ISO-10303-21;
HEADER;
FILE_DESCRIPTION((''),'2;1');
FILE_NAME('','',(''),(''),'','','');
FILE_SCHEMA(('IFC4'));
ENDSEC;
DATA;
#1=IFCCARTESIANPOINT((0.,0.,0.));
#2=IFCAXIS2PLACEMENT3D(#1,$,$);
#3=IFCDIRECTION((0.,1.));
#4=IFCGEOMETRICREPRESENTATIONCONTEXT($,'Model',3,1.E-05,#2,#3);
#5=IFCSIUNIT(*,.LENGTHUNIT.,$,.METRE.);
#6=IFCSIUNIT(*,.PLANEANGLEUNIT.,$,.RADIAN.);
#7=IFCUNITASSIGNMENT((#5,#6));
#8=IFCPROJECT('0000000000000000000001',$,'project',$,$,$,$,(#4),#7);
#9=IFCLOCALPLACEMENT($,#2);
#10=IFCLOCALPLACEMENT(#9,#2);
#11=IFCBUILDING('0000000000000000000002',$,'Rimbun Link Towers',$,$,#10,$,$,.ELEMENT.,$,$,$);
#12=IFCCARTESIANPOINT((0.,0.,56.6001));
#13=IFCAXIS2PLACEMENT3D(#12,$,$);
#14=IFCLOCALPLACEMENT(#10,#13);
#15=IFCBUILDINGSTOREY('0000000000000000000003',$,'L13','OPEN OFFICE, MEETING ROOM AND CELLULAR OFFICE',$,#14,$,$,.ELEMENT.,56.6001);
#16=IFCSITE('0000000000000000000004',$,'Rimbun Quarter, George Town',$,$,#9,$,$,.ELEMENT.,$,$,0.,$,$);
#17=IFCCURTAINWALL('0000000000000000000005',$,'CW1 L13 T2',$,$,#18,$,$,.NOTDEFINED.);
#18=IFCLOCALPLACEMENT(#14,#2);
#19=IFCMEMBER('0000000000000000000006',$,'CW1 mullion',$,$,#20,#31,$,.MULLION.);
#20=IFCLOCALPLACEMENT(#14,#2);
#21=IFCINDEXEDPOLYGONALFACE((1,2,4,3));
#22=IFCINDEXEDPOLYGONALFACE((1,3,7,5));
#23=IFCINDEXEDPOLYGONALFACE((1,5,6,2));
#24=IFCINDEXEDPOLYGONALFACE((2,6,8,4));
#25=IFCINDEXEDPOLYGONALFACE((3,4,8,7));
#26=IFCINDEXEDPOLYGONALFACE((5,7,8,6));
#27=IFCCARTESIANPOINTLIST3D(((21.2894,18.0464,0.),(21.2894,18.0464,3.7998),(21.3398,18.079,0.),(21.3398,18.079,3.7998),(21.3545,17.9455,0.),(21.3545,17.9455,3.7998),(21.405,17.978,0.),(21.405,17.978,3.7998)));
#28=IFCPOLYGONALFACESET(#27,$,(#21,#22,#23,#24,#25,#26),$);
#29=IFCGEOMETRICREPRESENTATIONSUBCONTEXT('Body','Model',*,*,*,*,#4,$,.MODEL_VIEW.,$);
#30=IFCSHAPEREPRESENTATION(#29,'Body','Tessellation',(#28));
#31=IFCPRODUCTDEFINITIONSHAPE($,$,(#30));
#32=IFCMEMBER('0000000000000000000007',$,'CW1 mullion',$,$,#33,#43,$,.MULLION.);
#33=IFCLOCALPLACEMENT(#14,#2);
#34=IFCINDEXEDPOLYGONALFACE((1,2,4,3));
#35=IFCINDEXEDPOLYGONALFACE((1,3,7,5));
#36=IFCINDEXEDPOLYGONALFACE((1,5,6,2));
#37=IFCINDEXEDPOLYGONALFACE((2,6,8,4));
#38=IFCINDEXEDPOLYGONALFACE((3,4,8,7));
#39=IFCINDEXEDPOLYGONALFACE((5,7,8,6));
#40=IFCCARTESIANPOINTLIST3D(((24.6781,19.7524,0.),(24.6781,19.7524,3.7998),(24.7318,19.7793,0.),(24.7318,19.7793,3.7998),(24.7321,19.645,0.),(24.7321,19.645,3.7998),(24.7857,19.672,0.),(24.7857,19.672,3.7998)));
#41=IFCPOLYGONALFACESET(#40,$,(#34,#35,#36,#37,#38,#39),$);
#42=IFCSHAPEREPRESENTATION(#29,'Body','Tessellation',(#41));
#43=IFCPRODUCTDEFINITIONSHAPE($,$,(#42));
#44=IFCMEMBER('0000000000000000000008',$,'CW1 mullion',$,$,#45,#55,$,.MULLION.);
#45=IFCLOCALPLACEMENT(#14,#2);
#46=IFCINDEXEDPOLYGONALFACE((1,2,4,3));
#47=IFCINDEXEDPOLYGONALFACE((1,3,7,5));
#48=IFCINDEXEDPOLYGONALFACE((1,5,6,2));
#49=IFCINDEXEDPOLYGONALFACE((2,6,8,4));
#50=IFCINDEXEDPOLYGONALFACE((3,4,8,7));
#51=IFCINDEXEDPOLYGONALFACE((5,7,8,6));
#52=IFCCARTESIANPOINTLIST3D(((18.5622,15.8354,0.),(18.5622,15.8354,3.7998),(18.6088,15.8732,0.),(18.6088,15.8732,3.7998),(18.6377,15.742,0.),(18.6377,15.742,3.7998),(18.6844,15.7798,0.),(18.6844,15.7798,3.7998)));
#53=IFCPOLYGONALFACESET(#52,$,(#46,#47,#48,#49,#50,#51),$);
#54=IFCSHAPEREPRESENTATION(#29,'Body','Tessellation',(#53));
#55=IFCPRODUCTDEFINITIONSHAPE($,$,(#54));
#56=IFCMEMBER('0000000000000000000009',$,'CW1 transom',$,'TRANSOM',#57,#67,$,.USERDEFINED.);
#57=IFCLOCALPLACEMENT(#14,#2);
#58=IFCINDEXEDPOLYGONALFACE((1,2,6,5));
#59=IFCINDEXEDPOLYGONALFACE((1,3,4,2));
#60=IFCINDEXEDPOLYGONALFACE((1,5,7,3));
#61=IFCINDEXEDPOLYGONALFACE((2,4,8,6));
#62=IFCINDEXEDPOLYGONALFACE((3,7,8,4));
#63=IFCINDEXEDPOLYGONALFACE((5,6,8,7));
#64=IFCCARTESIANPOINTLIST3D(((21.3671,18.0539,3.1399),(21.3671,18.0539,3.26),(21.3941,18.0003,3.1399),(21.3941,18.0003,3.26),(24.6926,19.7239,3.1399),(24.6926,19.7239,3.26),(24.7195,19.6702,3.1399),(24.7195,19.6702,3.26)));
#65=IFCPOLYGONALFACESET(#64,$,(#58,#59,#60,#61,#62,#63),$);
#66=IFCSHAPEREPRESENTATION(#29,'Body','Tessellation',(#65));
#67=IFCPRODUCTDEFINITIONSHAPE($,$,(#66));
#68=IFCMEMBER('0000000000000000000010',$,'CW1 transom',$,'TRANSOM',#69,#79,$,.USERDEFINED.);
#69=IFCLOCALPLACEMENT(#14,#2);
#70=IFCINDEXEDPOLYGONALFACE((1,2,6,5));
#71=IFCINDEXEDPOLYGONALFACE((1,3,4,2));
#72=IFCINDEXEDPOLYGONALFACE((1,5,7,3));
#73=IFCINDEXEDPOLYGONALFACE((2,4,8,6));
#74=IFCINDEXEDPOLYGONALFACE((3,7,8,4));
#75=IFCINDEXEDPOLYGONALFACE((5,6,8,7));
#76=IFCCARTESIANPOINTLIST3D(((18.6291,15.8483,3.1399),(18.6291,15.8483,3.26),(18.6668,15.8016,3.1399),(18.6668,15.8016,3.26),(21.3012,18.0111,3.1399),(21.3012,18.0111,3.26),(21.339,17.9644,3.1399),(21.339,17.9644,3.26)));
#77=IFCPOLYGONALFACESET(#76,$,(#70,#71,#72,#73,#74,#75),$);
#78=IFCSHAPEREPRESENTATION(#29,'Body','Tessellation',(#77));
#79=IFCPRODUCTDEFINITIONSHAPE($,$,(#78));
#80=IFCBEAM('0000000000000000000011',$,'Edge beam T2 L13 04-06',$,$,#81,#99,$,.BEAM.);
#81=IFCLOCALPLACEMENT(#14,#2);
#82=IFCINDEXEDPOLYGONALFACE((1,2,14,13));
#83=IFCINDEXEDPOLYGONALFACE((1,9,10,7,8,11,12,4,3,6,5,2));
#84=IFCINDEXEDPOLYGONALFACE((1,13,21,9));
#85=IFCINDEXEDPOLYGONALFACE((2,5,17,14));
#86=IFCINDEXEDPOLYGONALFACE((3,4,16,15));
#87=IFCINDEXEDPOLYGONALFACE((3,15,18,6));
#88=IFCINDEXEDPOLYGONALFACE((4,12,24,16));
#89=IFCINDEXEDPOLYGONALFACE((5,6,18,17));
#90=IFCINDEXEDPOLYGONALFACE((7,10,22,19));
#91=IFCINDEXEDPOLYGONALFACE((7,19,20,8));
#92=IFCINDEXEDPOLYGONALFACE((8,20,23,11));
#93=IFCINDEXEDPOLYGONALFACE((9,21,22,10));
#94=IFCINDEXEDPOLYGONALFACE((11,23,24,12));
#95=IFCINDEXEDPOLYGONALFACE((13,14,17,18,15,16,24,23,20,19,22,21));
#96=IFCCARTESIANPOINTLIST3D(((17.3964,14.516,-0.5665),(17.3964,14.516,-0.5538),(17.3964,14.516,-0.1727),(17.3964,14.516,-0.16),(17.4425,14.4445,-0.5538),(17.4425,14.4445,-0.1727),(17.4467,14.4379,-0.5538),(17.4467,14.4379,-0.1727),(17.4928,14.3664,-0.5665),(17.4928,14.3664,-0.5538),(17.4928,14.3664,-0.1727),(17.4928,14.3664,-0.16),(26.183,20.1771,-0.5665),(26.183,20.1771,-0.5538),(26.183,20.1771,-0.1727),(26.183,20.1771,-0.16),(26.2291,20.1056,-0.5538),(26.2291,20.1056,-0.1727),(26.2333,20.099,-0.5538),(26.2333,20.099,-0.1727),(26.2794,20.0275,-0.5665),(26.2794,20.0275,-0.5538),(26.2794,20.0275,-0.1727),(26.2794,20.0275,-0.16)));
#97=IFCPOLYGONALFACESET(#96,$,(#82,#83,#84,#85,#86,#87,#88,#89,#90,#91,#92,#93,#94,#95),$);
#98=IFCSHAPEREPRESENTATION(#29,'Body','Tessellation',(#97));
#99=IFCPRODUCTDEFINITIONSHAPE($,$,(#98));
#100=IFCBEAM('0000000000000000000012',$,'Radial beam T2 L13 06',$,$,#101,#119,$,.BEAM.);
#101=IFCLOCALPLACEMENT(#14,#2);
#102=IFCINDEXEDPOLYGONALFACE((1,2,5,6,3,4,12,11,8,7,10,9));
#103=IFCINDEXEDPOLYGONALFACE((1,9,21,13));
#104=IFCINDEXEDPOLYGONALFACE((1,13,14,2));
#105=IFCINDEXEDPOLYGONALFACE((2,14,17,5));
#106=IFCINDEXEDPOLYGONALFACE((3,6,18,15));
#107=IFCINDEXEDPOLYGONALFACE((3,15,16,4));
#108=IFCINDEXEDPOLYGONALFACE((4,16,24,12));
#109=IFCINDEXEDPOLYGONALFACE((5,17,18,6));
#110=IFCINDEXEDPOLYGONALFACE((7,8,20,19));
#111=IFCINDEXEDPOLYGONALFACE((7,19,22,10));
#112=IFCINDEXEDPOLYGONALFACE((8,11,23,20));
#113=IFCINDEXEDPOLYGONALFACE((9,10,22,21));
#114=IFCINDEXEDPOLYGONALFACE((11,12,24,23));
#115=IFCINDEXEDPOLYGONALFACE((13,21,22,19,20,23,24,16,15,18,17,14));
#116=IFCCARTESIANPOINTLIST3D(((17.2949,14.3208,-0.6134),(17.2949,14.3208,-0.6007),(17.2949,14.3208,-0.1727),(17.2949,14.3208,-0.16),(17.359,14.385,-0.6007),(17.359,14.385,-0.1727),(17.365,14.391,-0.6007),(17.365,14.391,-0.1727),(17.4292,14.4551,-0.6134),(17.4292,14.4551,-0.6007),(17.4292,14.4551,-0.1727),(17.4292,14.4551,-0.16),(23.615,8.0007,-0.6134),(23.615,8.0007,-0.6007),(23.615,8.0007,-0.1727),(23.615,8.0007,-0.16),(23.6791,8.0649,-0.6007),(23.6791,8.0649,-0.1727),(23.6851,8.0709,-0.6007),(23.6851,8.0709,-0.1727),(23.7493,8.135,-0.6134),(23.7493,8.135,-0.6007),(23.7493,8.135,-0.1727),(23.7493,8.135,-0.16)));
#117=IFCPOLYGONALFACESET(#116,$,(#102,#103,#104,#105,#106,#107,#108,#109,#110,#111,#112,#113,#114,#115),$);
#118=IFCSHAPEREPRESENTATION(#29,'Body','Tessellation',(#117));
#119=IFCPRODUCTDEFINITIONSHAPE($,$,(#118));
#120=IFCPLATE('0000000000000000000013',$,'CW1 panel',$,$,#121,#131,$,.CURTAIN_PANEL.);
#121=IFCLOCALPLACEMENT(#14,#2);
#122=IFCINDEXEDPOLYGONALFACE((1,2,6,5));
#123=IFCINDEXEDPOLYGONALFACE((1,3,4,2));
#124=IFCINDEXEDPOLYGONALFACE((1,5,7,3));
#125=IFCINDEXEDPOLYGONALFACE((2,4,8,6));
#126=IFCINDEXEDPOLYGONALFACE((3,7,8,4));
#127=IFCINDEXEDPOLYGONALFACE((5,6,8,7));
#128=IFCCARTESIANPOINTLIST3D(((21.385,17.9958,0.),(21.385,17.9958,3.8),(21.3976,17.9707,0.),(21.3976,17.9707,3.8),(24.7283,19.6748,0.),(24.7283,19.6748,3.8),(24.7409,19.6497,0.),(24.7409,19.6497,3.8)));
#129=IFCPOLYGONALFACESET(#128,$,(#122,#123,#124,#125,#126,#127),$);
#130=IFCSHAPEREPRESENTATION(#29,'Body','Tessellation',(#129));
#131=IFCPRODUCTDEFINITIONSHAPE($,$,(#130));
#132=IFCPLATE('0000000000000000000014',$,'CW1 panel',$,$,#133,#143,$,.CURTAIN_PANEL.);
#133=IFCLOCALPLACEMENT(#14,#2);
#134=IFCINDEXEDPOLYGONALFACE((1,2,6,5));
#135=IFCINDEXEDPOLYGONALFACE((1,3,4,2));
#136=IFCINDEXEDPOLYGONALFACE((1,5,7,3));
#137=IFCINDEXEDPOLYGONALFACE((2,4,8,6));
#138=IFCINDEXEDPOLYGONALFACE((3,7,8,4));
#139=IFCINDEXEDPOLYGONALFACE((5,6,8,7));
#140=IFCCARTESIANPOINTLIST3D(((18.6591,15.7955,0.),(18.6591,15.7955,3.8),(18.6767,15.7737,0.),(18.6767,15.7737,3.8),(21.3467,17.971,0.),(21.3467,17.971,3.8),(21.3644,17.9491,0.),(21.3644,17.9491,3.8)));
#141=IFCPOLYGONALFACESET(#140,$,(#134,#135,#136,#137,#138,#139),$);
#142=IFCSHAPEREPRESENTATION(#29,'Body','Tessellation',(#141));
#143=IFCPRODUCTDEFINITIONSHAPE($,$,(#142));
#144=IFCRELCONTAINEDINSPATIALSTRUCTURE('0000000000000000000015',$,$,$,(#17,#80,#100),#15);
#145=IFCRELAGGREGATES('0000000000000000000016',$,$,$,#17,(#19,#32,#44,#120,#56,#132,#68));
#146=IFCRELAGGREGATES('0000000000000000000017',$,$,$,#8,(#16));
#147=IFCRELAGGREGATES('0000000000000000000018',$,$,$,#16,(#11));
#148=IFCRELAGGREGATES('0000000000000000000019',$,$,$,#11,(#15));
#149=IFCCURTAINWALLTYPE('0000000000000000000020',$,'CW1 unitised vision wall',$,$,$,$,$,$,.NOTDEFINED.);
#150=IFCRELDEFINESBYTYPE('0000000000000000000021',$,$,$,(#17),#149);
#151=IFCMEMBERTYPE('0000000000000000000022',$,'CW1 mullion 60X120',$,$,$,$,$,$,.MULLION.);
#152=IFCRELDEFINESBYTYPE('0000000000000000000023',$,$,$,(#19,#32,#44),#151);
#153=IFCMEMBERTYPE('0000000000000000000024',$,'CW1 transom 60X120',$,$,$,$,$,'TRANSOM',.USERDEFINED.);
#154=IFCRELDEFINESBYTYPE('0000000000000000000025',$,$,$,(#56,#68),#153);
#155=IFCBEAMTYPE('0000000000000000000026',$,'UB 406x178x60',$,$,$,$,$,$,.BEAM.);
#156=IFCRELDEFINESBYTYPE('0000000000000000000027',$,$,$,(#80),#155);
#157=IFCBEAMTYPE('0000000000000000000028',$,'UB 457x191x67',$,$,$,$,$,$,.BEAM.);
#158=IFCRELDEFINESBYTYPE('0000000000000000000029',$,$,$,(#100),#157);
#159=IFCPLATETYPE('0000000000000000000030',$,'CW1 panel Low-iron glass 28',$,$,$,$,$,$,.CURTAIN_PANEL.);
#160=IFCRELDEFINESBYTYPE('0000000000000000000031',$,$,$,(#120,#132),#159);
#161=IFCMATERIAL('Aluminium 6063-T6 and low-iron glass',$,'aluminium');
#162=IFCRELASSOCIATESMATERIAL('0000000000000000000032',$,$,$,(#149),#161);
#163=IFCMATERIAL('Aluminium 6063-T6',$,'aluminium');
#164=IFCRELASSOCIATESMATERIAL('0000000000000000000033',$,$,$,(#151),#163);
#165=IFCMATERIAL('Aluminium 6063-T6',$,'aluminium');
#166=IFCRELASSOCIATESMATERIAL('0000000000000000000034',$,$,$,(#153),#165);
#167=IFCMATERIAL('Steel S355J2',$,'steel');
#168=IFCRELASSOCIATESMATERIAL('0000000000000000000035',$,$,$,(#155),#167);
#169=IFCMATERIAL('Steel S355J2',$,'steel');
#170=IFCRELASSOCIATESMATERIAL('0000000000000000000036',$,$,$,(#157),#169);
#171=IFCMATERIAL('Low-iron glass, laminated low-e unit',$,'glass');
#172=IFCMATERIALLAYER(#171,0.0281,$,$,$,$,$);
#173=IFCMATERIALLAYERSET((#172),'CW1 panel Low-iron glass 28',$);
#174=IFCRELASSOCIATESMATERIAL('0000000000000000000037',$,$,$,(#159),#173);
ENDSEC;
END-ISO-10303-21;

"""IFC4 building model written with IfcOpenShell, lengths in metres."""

from ifc_helpers import new_model, si_unit, direction, frame, origin, origin_2d, place, context, subcontext, project, spatial, rectangle, i_section, extrude, material, layer, layer_set, material_profile, profile_set, type_object, element, aggregate, save


model = new_model("IFC4")

# Units and contexts
model_context = context("Model", 3, precision=1e-05, world=origin(), true_north=direction((0.0, 1.0)))
body_context = subcontext(model_context, "Body", "Model", "MODEL_VIEW")
ifc_project = project(units=[si_unit("LENGTHUNIT", "METRE"), si_unit("PLANEANGLEUNIT", "RADIAN")], contexts=[model_context])

# Site, building, storey
site_placement = place(None, origin())
site = spatial("IfcSite", under=ifc_project, at=site_placement, Name="Rimbun Quarter, George Town", CompositionType="ELEMENT", RefElevation=0.0)
building_placement = place(site_placement, origin())
building = spatial("IfcBuilding", under=site, at=building_placement, Name="Rimbun Link Towers", CompositionType="ELEMENT")
storey_placement = place(building_placement, frame((0.0, 0.0, 56.6001)))
storey = spatial("IfcBuildingStorey", under=building, at=storey_placement, Name="L13", Description="OPEN OFFICE, MEETING ROOM AND CELLULAR OFFICE", CompositionType="ELEMENT", Elevation=56.6001)

# Curtain wall, members
ifc_material_1 = material(Name="Aluminium 6063-T6 and low-iron glass", Category="aluminium")
curtain_wall_type = type_object("IfcCurtainWallType", Name="CW1 unitised vision wall", PredefinedType="NOTDEFINED", material=ifc_material_1)
curtain_wall_placement = place(storey_placement, origin())
curtain_wall = element("IfcCurtainWall", 1, at=curtain_wall_placement, inside=storey, type_object=curtain_wall_type, Name="CW1 L13 T2", PredefinedType="NOTDEFINED")
ifc_material_2 = material(Name="Aluminium 6063-T6", Category="aluminium")
ifc_material_profile_1 = material_profile(ifc_material_2, rectangle(XDim=0.1201, YDim=0.0601, at=origin_2d()), Name="MULLION 60X120")
ifc_profile_set_1 = profile_set([ifc_material_profile_1], Name="Aluminium 6063-T6")
member_type_1 = type_object("IfcMemberType", Name="CW1 mullion 60X120", PredefinedType="MULLION", material=ifc_profile_set_1)
member_1_placement = place(storey_placement, frame((21.3472, 18.0122, 0.0), z_axis=(0.0, 0.0, 1.0), x_axis=(-0.542105, 0.840311, 0.0)))
member_1 = element("IfcMember", 2, at=member_1_placement, type_object=member_type_1, Name="CW1 mullion", PredefinedType="MULLION", context=body_context, shape_type="SweptSolid", body=[
    extrude(rectangle(XDim=0.1201, YDim=0.0601, at=origin_2d()), origin(), (0.0, 0.0, 1.0), 3.7998),
])
member_2_placement = place(storey_placement, frame((24.7319, 19.7122, 0.0), z_axis=(0.0, 0.0, 1.0), x_axis=(-0.448789, 0.893638, 0.0)))
member_2 = element("IfcMember", 3, at=member_2_placement, type_object=member_type_1, Name="CW1 mullion", PredefinedType="MULLION", context=body_context, shape_type="SweptSolid", body=[
    extrude(rectangle(XDim=0.1201, YDim=0.0601, at=origin_2d()), origin(), (0.0, 0.0, 1.0), 3.7998),
])
member_3_placement = place(storey_placement, frame((18.6233, 15.8076, 0.0), z_axis=(0.0, 0.0, 1.0), x_axis=(-0.629158, 0.777277, 0.0)))
member_3 = element("IfcMember", 4, at=member_3_placement, type_object=member_type_1, Name="CW1 mullion", PredefinedType="MULLION", context=body_context, shape_type="SweptSolid", body=[
    extrude(rectangle(XDim=0.1201, YDim=0.0601, at=origin_2d()), origin(), (0.0, 0.0, 1.0), 3.7998),
])
ifc_material_3 = material(Name="Aluminium 6063-T6", Category="aluminium")
ifc_material_profile_2 = material_profile(ifc_material_3, rectangle(XDim=0.0601, YDim=0.1201, at=origin_2d()), Name="TRANSOM 60X120")
ifc_profile_set_2 = profile_set([ifc_material_profile_2], Name="Aluminium 6063-T6")
member_type_2 = type_object("IfcMemberType", Name="CW1 transom 60X120", ElementType="TRANSOM", PredefinedType="USERDEFINED", material=ifc_profile_set_2)
member_4_placement = place(storey_placement, frame((21.3806, 18.0271, 3.2), z_axis=(0.893652, 0.448761, 0.0), x_axis=(-0.448761, 0.893652, 0.0)))
member_4 = element("IfcMember", 5, at=member_4_placement, type_object=member_type_2, Name="CW1 transom", ObjectType="TRANSOM", PredefinedType="USERDEFINED", context=body_context, shape_type="SweptSolid", body=[
    extrude(rectangle(XDim=0.0601, YDim=0.1201, at=origin_2d()), origin(), (0.0, 0.0, 1.0), 3.7212),
])
member_5_placement = place(storey_placement, frame((18.6479, 15.825, 3.2), z_axis=(0.777288, 0.629145, 0.0), x_axis=(-0.629145, 0.777288, 0.0)))
member_5 = element("IfcMember", 6, at=member_5_placement, type_object=member_type_2, Name="CW1 transom", ObjectType="TRANSOM", PredefinedType="USERDEFINED", context=body_context, shape_type="SweptSolid", body=[
    extrude(rectangle(XDim=0.0601, YDim=0.1201, at=origin_2d()), origin(), (0.0, 0.0, 1.0), 3.4377),
])

# Beams
ifc_material_4 = material(Name="Steel S355J2", Category="steel")
ifc_material_profile_3 = material_profile(ifc_material_4, i_section(OverallWidth=0.178, OverallDepth=0.4065, WebThickness=0.0078, FlangeThickness=0.0127, at=origin_2d()), Name="UB 406x178x60")
ifc_profile_set_3 = profile_set([ifc_material_profile_3], Name="Steel S355J2")
beam_type_1 = type_object("IfcBeamType", Name="UB 406x178x60", PredefinedType="BEAM", material=ifc_profile_set_3)
beam_1_placement = place(storey_placement, frame((26.2312, 20.1023, -0.3633), z_axis=(-0.84063, -0.54161, 0.0), x_axis=(0.54161, -0.84063, 0.0)))
element("IfcBeam", 7, at=beam_1_placement, inside=storey, type_object=beam_type_1, Name="Edge beam T2 L13 04-06", PredefinedType="BEAM", context=body_context, shape_type="SweptSolid", body=[
    extrude(i_section(OverallWidth=0.178, OverallDepth=0.4065, WebThickness=0.0078, FlangeThickness=0.0127, at=origin_2d()), origin(), (0.0, 0.0, 1.0), 10.4524),
])
ifc_material_5 = material(Name="Steel S355J2", Category="steel")
ifc_material_profile_4 = material_profile(ifc_material_5, i_section(OverallWidth=0.1899, OverallDepth=0.4534, WebThickness=0.0085, FlangeThickness=0.0127, at=origin_2d()), Name="UB 457x191x67")
ifc_profile_set_4 = profile_set([ifc_material_profile_4], Name="Steel S355J2")
beam_type_2 = type_object("IfcBeamType", Name="UB 457x191x67", PredefinedType="BEAM", material=ifc_profile_set_4)
beam_2_placement = place(storey_placement, frame((23.6821, 8.0679, -0.3867), z_axis=(-0.707107, 0.707107, 0.0), x_axis=(-0.707107, -0.707107, 0.0)))
element("IfcBeam", 8, at=beam_2_placement, inside=storey, type_object=beam_type_2, Name="Radial beam T2 L13 06", PredefinedType="BEAM", context=body_context, shape_type="SweptSolid", body=[
    extrude(i_section(OverallWidth=0.1899, OverallDepth=0.4534, WebThickness=0.0085, FlangeThickness=0.0127, at=origin_2d()), origin(), (0.0, 0.0, 1.0), 8.938),
])

# Plates
ifc_material_6 = material(Name="Low-iron glass, laminated low-e unit", Category="glass")
ifc_layer_1 = layer(ifc_material_6, 0.0281)
ifc_layer_set_1 = layer_set([ifc_layer_1], Name="CW1 panel Low-iron glass 28")
plate_type = type_object("IfcPlateType", Name="CW1 panel Low-iron glass 28", PredefinedType="CURTAIN_PANEL", material=ifc_layer_set_1)
plate_1_placement = place(storey_placement, frame((23.063, 18.8228, 0.0), z_axis=(0.0, 0.0, 1.0), x_axis=(0.893638, 0.448789, 0.0)))
plate_1 = element("IfcPlate", 9, at=plate_1_placement, type_object=plate_type, Name="CW1 panel", PredefinedType="CURTAIN_PANEL", context=body_context, shape_type="SweptSolid", body=[
    extrude(rectangle(XDim=3.7412, YDim=0.0281, at=origin_2d()), origin(), (0.0, 0.0, 1.0), 3.8),
])
plate_2_placement = place(storey_placement, frame((20.0117, 16.8723, 0.0), z_axis=(0.0, 0.0, 1.0), x_axis=(0.777277, 0.629158, 0.0)))
plate_2 = element("IfcPlate", 10, at=plate_2_placement, type_object=plate_type, Name="CW1 panel", PredefinedType="CURTAIN_PANEL", context=body_context, shape_type="SweptSolid", body=[
    extrude(rectangle(XDim=3.4578, YDim=0.0281, at=origin_2d()), origin(), (0.0, 0.0, 1.0), 3.8),
])
aggregate(curtain_wall, [member_1, member_2, member_3, plate_1, member_4, plate_2, member_5])

save(model, "model.ifc")
